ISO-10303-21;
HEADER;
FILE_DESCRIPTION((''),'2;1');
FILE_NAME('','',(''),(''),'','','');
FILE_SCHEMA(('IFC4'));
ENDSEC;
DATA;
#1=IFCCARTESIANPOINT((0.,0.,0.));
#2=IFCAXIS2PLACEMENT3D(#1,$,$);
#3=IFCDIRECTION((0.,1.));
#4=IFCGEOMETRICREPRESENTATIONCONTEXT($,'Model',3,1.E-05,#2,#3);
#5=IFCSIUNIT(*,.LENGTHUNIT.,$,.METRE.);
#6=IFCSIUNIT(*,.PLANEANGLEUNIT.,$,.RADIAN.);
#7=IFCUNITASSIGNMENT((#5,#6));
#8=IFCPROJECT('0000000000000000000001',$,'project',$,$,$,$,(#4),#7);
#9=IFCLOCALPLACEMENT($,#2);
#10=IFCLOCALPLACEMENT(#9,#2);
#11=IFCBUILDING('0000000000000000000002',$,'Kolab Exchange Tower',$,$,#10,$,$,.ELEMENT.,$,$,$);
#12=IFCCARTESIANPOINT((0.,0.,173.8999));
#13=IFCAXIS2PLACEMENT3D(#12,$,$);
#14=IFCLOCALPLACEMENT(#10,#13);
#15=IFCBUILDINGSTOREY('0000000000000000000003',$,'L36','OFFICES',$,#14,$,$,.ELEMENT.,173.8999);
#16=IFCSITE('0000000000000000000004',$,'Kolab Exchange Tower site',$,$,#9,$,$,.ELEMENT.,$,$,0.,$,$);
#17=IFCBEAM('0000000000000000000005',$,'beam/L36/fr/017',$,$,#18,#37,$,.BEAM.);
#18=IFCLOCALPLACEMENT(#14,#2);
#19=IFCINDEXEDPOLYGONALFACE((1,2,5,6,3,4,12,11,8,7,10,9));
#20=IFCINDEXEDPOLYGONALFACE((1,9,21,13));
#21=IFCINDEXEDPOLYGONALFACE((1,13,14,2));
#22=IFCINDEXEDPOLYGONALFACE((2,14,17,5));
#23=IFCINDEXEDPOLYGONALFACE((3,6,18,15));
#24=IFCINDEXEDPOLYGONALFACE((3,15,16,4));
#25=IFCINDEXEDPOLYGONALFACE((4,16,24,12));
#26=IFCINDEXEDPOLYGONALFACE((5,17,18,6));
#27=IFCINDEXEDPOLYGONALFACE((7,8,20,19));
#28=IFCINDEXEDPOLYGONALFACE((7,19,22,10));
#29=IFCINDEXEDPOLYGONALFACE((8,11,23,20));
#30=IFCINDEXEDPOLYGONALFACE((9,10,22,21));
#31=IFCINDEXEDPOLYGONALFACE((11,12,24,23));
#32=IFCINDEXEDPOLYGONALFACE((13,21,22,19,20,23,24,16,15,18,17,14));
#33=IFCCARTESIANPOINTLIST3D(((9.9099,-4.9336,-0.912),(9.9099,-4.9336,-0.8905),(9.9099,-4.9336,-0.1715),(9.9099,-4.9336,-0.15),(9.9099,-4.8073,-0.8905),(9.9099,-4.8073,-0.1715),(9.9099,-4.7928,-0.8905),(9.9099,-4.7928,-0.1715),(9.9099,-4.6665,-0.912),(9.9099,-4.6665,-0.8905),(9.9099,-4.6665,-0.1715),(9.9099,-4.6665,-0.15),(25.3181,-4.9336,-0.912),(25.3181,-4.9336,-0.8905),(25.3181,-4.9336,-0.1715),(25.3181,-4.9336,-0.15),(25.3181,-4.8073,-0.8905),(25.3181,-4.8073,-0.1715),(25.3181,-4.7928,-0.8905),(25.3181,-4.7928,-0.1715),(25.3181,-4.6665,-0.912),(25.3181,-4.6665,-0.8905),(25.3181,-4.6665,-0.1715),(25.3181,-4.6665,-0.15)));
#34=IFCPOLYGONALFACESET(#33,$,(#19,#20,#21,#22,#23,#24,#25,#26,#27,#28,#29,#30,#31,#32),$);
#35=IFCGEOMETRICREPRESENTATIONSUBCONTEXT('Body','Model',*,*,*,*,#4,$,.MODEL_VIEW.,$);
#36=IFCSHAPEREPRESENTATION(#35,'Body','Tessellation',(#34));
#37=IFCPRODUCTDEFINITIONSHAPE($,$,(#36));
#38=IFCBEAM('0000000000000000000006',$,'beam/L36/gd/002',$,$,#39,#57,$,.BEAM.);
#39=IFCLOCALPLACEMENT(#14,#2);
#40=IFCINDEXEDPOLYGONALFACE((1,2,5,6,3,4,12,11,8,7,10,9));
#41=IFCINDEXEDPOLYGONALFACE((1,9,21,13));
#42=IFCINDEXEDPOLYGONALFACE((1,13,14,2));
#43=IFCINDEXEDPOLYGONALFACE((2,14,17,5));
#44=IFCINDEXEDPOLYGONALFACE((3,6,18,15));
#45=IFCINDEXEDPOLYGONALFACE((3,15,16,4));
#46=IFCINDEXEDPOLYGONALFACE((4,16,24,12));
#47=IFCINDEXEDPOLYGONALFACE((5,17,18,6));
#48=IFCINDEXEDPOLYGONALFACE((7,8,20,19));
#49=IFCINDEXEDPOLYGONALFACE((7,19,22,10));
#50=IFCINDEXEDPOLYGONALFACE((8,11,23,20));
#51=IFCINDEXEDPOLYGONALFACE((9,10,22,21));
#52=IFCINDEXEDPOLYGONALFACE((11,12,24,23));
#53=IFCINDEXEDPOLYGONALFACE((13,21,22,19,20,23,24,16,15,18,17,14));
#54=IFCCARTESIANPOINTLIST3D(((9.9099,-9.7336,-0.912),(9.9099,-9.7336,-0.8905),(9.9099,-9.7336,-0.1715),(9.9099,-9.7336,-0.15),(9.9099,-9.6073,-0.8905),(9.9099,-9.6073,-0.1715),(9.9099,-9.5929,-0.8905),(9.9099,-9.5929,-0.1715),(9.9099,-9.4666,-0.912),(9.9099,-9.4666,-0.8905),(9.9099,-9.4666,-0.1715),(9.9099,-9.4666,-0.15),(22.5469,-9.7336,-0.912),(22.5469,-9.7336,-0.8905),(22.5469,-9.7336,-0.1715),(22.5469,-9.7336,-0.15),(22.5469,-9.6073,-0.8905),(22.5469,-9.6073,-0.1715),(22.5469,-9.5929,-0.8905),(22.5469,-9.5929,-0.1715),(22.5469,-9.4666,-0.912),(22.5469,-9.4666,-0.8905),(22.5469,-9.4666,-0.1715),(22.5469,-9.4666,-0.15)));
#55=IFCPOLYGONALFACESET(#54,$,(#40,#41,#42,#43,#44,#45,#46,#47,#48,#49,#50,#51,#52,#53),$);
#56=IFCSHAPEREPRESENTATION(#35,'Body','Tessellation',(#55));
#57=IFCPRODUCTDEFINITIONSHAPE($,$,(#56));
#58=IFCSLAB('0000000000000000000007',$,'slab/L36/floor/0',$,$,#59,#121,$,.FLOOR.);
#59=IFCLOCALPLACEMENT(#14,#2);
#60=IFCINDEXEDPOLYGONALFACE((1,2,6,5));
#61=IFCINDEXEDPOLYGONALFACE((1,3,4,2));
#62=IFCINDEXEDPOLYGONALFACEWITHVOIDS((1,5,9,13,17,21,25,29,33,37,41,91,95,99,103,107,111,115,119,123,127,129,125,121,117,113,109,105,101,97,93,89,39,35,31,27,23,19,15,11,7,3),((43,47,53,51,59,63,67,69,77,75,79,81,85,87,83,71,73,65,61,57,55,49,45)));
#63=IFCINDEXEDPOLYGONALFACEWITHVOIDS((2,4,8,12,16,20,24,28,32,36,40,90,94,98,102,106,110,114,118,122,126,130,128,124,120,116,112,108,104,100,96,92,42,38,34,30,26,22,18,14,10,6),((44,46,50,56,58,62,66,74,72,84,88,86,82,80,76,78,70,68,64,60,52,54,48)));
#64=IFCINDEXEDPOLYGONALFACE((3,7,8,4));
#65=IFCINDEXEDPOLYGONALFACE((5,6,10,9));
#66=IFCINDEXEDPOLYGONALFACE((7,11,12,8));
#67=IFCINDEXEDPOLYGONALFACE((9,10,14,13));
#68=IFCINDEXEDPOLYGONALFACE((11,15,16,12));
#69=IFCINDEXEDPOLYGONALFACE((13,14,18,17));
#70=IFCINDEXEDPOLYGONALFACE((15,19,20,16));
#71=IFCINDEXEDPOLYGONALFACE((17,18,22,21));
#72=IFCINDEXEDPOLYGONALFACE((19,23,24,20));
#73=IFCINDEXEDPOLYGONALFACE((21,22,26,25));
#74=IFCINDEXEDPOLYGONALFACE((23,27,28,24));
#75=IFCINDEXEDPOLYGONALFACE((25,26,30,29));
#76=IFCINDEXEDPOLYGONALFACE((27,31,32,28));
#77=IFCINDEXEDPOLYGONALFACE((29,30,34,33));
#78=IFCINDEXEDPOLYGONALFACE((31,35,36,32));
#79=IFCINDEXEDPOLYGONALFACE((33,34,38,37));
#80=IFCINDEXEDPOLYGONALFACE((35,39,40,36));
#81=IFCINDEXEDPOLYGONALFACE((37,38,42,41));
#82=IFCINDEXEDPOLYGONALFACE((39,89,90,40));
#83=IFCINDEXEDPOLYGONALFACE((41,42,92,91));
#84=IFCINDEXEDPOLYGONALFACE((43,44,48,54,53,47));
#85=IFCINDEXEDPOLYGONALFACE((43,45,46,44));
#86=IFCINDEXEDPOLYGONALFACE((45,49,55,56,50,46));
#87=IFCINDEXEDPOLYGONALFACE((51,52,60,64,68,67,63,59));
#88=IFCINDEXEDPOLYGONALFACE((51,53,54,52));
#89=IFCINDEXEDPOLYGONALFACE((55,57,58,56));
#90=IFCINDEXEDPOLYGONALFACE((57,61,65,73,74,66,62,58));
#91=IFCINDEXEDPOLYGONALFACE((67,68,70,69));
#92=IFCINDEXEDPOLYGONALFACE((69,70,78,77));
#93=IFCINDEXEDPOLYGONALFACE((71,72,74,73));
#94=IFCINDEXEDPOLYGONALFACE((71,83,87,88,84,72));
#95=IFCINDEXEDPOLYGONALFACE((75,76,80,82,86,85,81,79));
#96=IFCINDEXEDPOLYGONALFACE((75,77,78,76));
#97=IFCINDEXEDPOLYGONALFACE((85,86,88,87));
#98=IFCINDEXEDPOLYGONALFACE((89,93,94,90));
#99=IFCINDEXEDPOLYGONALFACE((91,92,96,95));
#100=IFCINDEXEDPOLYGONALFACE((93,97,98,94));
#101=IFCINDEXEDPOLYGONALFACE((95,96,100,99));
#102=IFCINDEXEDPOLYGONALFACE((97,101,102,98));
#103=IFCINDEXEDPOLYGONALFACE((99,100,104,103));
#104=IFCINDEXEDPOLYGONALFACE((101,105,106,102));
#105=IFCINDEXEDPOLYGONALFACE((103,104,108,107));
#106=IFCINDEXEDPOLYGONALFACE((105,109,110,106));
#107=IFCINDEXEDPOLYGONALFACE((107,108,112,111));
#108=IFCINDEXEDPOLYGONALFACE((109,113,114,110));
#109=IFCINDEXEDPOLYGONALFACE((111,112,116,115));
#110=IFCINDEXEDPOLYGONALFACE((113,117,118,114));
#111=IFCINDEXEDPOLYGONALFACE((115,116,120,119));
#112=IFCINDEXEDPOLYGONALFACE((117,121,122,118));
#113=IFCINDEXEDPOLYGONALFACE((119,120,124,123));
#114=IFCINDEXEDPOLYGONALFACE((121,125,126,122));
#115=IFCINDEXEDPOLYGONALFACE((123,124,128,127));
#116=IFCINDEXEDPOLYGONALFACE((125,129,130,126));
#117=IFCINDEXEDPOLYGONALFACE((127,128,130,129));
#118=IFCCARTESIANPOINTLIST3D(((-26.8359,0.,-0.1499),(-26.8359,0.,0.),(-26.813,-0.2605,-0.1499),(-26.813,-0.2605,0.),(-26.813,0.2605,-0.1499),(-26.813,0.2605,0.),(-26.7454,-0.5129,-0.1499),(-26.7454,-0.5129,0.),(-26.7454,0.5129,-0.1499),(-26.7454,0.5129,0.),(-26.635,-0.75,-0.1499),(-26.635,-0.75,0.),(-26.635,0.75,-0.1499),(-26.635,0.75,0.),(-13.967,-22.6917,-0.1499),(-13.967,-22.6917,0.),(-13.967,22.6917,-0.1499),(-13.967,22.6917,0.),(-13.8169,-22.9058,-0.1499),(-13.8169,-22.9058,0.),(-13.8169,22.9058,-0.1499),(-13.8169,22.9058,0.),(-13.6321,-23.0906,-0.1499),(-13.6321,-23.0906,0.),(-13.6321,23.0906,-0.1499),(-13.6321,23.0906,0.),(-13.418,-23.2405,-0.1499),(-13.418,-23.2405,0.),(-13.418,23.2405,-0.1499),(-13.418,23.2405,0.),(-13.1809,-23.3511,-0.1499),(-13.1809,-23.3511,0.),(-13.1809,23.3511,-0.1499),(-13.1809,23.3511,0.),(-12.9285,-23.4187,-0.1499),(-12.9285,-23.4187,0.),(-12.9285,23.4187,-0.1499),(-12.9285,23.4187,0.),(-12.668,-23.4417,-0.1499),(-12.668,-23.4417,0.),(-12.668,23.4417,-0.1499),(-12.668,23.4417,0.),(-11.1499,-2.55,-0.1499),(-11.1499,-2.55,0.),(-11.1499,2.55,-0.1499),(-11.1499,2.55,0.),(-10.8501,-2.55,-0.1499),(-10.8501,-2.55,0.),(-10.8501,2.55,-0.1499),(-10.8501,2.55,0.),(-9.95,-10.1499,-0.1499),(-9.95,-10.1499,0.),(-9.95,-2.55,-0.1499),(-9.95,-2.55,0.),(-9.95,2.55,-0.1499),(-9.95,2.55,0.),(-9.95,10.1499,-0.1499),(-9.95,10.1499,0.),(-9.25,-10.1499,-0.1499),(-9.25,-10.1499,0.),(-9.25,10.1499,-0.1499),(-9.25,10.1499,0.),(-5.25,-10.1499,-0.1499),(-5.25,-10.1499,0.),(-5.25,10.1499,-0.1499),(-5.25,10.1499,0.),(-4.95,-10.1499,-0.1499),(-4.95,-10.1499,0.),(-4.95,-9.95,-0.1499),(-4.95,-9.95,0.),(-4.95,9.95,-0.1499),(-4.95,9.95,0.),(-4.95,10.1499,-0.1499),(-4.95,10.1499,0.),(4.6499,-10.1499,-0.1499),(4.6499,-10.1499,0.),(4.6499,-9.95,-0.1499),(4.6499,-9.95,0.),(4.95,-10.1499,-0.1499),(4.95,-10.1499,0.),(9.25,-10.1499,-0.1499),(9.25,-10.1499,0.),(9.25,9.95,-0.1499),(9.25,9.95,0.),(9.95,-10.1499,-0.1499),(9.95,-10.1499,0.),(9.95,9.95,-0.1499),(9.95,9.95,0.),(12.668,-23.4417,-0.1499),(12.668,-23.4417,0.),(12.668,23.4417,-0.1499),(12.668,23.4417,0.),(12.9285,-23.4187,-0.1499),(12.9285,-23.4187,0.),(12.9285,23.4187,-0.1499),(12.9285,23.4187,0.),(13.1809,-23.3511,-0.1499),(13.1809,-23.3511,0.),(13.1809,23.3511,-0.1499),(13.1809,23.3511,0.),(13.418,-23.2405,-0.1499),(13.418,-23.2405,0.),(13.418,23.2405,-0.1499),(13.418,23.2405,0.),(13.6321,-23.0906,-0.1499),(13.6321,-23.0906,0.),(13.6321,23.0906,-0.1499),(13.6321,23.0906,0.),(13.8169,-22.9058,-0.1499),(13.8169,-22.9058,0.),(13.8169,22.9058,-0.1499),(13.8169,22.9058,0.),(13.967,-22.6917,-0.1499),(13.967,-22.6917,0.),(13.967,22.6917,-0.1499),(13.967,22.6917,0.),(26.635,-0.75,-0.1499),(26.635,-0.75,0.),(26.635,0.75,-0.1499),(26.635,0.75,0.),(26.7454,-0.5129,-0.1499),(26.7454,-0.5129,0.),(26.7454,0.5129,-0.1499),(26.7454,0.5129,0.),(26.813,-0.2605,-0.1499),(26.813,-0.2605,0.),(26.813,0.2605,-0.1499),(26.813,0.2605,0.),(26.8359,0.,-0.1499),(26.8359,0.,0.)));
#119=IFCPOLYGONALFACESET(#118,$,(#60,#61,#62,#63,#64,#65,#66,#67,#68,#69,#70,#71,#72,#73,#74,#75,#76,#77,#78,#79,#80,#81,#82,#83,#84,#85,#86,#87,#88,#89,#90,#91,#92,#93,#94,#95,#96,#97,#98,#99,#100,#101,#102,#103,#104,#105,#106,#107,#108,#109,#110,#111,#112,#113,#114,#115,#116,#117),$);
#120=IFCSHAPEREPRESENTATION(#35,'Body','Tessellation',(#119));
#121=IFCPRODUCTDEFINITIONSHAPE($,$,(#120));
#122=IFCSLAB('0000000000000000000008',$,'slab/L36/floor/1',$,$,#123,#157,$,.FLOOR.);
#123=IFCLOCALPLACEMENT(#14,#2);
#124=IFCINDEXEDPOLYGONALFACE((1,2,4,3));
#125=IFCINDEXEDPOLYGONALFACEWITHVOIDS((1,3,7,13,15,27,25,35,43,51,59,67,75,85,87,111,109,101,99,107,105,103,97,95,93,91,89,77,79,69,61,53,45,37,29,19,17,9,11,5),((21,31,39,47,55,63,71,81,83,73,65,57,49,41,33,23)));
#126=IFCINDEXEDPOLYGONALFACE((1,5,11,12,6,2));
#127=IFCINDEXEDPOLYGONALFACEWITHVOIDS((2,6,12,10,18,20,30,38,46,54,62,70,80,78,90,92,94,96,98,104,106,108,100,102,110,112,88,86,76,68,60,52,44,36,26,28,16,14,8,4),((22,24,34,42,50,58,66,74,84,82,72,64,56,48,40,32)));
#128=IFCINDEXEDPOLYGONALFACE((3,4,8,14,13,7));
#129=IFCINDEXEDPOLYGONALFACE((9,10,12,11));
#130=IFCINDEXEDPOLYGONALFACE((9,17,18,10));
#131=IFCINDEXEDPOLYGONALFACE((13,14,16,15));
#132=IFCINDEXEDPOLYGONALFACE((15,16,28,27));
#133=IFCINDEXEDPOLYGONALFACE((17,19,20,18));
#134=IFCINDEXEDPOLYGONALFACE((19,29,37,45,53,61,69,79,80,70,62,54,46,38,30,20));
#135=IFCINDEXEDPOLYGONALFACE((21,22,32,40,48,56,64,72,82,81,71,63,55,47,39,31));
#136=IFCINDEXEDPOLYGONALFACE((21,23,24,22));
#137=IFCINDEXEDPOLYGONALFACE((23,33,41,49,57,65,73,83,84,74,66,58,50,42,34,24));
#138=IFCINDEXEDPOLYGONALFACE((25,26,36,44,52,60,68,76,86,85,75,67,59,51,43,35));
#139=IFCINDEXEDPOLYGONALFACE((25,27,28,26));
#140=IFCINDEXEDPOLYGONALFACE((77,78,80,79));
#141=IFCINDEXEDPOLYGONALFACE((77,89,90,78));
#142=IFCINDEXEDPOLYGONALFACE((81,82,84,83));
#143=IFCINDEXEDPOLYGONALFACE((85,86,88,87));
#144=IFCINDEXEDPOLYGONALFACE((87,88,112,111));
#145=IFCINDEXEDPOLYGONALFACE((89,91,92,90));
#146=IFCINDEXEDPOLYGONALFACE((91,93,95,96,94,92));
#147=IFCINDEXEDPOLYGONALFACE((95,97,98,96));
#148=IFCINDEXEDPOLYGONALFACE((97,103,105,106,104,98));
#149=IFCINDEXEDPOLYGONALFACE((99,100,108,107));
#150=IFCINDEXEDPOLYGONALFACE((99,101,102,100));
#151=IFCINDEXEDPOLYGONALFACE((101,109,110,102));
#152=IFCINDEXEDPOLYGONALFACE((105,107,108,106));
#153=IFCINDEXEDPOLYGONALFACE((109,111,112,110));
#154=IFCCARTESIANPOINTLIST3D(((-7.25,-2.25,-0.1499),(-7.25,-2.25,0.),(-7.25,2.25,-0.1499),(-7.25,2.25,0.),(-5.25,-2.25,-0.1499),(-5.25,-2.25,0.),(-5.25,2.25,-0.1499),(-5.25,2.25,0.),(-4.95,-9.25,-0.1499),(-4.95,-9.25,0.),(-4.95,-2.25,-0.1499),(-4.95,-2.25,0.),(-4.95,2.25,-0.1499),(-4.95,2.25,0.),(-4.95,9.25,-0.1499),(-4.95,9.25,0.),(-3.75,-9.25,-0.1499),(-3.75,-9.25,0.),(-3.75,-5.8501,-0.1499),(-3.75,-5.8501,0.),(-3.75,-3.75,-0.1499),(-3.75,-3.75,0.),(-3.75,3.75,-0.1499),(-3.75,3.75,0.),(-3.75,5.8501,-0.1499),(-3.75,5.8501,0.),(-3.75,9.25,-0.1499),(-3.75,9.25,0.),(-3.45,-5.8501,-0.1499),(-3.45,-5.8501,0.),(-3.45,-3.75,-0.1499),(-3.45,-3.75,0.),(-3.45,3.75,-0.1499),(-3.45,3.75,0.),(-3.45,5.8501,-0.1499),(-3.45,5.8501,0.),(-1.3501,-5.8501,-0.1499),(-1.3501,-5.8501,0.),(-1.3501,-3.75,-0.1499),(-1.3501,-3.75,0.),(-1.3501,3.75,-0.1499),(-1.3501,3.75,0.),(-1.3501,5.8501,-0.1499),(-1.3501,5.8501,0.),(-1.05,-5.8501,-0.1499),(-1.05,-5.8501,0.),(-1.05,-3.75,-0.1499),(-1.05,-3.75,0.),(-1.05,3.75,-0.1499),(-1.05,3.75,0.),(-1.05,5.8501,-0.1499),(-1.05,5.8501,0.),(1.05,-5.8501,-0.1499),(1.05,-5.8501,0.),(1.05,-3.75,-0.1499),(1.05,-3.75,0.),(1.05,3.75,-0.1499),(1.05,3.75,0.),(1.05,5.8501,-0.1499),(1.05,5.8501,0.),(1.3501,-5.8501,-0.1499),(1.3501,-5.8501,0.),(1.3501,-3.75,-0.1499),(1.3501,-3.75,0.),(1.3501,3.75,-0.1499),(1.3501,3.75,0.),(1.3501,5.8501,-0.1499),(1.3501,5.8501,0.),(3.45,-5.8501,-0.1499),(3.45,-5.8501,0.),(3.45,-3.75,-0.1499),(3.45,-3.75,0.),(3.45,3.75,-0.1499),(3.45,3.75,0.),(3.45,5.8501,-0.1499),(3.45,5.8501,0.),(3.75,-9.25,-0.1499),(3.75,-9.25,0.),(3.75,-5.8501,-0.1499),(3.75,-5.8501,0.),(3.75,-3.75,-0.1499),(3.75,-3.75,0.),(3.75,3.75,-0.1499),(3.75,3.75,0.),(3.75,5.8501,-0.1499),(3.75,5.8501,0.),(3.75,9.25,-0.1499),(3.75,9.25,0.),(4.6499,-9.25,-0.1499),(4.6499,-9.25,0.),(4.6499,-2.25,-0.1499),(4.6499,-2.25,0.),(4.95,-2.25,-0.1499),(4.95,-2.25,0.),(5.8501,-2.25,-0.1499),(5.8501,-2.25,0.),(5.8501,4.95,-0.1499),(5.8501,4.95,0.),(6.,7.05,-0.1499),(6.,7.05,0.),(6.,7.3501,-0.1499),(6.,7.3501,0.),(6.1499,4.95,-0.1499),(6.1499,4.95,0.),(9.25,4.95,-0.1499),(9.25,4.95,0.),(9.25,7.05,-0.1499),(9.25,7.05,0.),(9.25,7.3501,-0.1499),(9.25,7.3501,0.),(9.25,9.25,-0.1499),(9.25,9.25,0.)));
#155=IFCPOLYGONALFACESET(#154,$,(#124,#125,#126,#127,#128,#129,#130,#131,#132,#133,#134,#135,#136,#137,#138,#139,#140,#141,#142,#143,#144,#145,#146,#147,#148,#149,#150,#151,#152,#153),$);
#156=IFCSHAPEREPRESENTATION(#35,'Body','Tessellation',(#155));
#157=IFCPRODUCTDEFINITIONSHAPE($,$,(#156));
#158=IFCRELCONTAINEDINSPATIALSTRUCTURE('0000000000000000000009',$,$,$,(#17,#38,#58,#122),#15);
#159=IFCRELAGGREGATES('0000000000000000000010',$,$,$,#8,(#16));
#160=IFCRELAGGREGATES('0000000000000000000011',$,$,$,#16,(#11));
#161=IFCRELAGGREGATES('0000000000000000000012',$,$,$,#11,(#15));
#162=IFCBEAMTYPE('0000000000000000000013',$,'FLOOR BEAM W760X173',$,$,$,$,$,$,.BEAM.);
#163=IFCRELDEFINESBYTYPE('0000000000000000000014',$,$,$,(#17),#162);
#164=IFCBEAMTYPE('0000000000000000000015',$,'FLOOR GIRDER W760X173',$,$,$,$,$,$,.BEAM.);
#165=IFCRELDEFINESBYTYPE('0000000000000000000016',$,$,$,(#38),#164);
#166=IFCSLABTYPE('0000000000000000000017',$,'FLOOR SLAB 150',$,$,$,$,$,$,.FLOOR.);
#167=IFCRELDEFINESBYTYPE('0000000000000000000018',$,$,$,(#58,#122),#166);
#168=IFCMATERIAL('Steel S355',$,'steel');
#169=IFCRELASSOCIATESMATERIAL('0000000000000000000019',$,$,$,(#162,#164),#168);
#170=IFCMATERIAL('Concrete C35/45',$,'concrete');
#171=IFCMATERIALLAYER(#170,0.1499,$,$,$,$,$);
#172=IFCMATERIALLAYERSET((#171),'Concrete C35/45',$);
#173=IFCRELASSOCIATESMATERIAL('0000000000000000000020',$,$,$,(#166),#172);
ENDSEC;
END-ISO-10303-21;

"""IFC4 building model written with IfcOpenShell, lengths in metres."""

from ifc_helpers import new_model, si_unit, direction, frame, origin, origin_2d, place, context, subcontext, project, spatial, polyline, i_section, outline, extrude, material, layer, layer_set, material_profile, profile_set, type_object, element, save


model = new_model("IFC4")

# Units and contexts
model_context = context("Model", 3, precision=1e-05, world=origin(), true_north=direction((0.0, 1.0)))
body_context = subcontext(model_context, "Body", "Model", "MODEL_VIEW")
ifc_project = project(units=[si_unit("LENGTHUNIT", "METRE"), si_unit("PLANEANGLEUNIT", "RADIAN")], contexts=[model_context])

# Site, building, storey
site_placement = place(None, origin())
site = spatial("IfcSite", under=ifc_project, at=site_placement, Name="Kolab Exchange Tower site", CompositionType="ELEMENT", RefElevation=0.0)
building_placement = place(site_placement, origin())
building = spatial("IfcBuilding", under=site, at=building_placement, Name="Kolab Exchange Tower", CompositionType="ELEMENT")
storey_placement = place(building_placement, frame((0.0, 0.0, 173.8999)))
storey = spatial("IfcBuildingStorey", under=building, at=storey_placement, Name="L36", Description="OFFICES", CompositionType="ELEMENT", Elevation=173.8999)

# Beams
ifc_material_1 = material(Name="Steel S355", Category="steel")
ifc_material_profile_1 = material_profile(ifc_material_1, i_section(OverallWidth=0.2671, OverallDepth=0.762, WebThickness=0.0144, FlangeThickness=0.0215, at=origin_2d()), Name="W760X173")
ifc_profile_set_1 = profile_set([ifc_material_profile_1], Name="Steel S355")
beam_type_1 = type_object("IfcBeamType", Name="FLOOR BEAM W760X173", PredefinedType="BEAM", material=ifc_profile_set_1)
beam_1_placement = place(storey_placement, frame((9.9099, -4.8, -0.531), z_axis=(1.0, 0.0, 0.0), x_axis=(0.0, 1.0, 0.0)))
element("IfcBeam", 1, at=beam_1_placement, inside=storey, type_object=beam_type_1, Name="beam/L36/fr/017", PredefinedType="BEAM", context=body_context, shape_type="SweptSolid", body=[
    extrude(i_section(OverallWidth=0.2671, OverallDepth=0.762, WebThickness=0.0144, FlangeThickness=0.0215, at=origin_2d()), origin(), (0.0, 0.0, 1.0), 15.4082),
])
ifc_material_profile_2 = material_profile(ifc_material_1, i_section(OverallWidth=0.2671, OverallDepth=0.762, WebThickness=0.0144, FlangeThickness=0.0215, at=origin_2d()), Name="W760X173")
ifc_profile_set_2 = profile_set([ifc_material_profile_2], Name="Steel S355")
beam_type_2 = type_object("IfcBeamType", Name="FLOOR GIRDER W760X173", PredefinedType="BEAM", material=ifc_profile_set_2)
beam_2_placement = place(storey_placement, frame((9.9099, -9.6001, -0.531), z_axis=(1.0, 0.0, 0.0), x_axis=(0.0, 1.0, 0.0)))
element("IfcBeam", 2, at=beam_2_placement, inside=storey, type_object=beam_type_2, Name="beam/L36/gd/002", PredefinedType="BEAM", context=body_context, shape_type="SweptSolid", body=[
    extrude(i_section(OverallWidth=0.2671, OverallDepth=0.762, WebThickness=0.0144, FlangeThickness=0.0215, at=origin_2d()), origin(), (0.0, 0.0, 1.0), 12.637),
])

# Slabs
ifc_material_2 = material(Name="Concrete C35/45", Category="concrete")
ifc_layer_1 = layer(ifc_material_2, 0.1499)
ifc_layer_set_1 = layer_set([ifc_layer_1], Name="Concrete C35/45")
slab_type_1 = type_object("IfcSlabType", Name="FLOOR SLAB 150", PredefinedType="FLOOR", material=ifc_layer_set_1)
slab_1_placement = place(storey_placement, frame((0.0, 0.0, -0.1499)))
element("IfcSlab", 3, at=slab_1_placement, inside=storey, type_object=slab_type_1, Name="slab/L36/floor/0", PredefinedType="FLOOR", context=body_context, shape_type="SweptSolid", body=[
    extrude(outline(polyline([(13.967, -22.6917), (26.635, -0.75), (26.7454, -0.5129), (26.813, -0.2605), (26.8359, 0.0), (26.813, 0.2605), (26.7454, 0.5129), (26.635, 0.75), (13.967, 22.6917), (13.8169, 22.9058), (13.6321, 23.0906), (13.418, 23.2405), (13.1809, 23.3511), (12.9285, 23.4187), (12.668, 23.4417), (-12.668, 23.4417), (-12.9285, 23.4187), (-13.1809, 23.3511), (-13.418, 23.2405), (-13.6321, 23.0906), (-13.8169, 22.9058), (-13.967, 22.6917), (-26.635, 0.75), (-26.7454, 0.5129), (-26.813, 0.2605), (-26.8359, 0.0), (-26.813, -0.2605), (-26.7454, -0.5129), (-26.635, -0.75), (-13.967, -22.6917), (-13.8169, -22.9058), (-13.6321, -23.0906), (-13.418, -23.2405), (-13.1809, -23.3511), (-12.9285, -23.4187), (-12.668, -23.4417), (12.668, -23.4417), (12.9285, -23.4187), (13.1809, -23.3511), (13.418, -23.2405), (13.6321, -23.0906), (13.8169, -22.9058), (13.967, -22.6917)]), holes=[polyline([(-9.25, -10.1499), (-9.95, -10.1499), (-9.95, -2.55), (-10.8501, -2.55), (-11.1499, -2.55), (-11.1499, 2.55), (-10.8501, 2.55), (-9.95, 2.55), (-9.95, 10.1499), (-9.25, 10.1499), (-5.25, 10.1499), (-4.95, 10.1499), (-4.95, 9.95), (9.25, 9.95), (9.95, 9.95), (9.95, -10.1499), (9.25, -10.1499), (4.95, -10.1499), (4.6499, -10.1499), (4.6499, -9.95), (-4.95, -9.95), (-4.95, -10.1499), (-5.25, -10.1499), (-9.25, -10.1499)])]), origin(), (0.0, 0.0, 1.0), 0.1499),
])
slab_2_placement = place(storey_placement, frame((0.0, 0.0, -0.1499)))
element("IfcSlab", 4, at=slab_2_placement, inside=storey, type_object=slab_type_1, Name="slab/L36/floor/1", PredefinedType="FLOOR", context=body_context, shape_type="SweptSolid", body=[
    extrude(outline(polyline([(-4.95, 9.25), (-4.95, 2.25), (-5.25, 2.25), (-7.25, 2.25), (-7.25, -2.25), (-5.25, -2.25), (-4.95, -2.25), (-4.95, -9.25), (-3.75, -9.25), (-3.75, -5.8501), (-3.45, -5.8501), (-1.3501, -5.8501), (-1.05, -5.8501), (1.05, -5.8501), (1.3501, -5.8501), (3.45, -5.8501), (3.75, -5.8501), (3.75, -9.25), (4.6499, -9.25), (4.6499, -2.25), (4.95, -2.25), (5.8501, -2.25), (5.8501, 4.95), (6.1499, 4.95), (9.25, 4.95), (9.25, 7.05), (6.0, 7.05), (6.0, 7.3501), (9.25, 7.3501), (9.25, 9.25), (3.75, 9.25), (3.75, 5.8501), (3.45, 5.8501), (1.3501, 5.8501), (1.05, 5.8501), (-1.05, 5.8501), (-1.3501, 5.8501), (-3.45, 5.8501), (-3.75, 5.8501), (-3.75, 9.25), (-4.95, 9.25)]), holes=[polyline([(-3.45, -3.75), (-3.75, -3.75), (-3.75, 3.75), (-3.45, 3.75), (-1.3501, 3.75), (-1.05, 3.75), (1.05, 3.75), (1.3501, 3.75), (3.45, 3.75), (3.75, 3.75), (3.75, -3.75), (3.45, -3.75), (1.3501, -3.75), (1.05, -3.75), (-1.05, -3.75), (-1.3501, -3.75), (-3.45, -3.75)])]), origin(), (0.0, 0.0, 1.0), 0.1499),
])

save(model, "model.ifc")
